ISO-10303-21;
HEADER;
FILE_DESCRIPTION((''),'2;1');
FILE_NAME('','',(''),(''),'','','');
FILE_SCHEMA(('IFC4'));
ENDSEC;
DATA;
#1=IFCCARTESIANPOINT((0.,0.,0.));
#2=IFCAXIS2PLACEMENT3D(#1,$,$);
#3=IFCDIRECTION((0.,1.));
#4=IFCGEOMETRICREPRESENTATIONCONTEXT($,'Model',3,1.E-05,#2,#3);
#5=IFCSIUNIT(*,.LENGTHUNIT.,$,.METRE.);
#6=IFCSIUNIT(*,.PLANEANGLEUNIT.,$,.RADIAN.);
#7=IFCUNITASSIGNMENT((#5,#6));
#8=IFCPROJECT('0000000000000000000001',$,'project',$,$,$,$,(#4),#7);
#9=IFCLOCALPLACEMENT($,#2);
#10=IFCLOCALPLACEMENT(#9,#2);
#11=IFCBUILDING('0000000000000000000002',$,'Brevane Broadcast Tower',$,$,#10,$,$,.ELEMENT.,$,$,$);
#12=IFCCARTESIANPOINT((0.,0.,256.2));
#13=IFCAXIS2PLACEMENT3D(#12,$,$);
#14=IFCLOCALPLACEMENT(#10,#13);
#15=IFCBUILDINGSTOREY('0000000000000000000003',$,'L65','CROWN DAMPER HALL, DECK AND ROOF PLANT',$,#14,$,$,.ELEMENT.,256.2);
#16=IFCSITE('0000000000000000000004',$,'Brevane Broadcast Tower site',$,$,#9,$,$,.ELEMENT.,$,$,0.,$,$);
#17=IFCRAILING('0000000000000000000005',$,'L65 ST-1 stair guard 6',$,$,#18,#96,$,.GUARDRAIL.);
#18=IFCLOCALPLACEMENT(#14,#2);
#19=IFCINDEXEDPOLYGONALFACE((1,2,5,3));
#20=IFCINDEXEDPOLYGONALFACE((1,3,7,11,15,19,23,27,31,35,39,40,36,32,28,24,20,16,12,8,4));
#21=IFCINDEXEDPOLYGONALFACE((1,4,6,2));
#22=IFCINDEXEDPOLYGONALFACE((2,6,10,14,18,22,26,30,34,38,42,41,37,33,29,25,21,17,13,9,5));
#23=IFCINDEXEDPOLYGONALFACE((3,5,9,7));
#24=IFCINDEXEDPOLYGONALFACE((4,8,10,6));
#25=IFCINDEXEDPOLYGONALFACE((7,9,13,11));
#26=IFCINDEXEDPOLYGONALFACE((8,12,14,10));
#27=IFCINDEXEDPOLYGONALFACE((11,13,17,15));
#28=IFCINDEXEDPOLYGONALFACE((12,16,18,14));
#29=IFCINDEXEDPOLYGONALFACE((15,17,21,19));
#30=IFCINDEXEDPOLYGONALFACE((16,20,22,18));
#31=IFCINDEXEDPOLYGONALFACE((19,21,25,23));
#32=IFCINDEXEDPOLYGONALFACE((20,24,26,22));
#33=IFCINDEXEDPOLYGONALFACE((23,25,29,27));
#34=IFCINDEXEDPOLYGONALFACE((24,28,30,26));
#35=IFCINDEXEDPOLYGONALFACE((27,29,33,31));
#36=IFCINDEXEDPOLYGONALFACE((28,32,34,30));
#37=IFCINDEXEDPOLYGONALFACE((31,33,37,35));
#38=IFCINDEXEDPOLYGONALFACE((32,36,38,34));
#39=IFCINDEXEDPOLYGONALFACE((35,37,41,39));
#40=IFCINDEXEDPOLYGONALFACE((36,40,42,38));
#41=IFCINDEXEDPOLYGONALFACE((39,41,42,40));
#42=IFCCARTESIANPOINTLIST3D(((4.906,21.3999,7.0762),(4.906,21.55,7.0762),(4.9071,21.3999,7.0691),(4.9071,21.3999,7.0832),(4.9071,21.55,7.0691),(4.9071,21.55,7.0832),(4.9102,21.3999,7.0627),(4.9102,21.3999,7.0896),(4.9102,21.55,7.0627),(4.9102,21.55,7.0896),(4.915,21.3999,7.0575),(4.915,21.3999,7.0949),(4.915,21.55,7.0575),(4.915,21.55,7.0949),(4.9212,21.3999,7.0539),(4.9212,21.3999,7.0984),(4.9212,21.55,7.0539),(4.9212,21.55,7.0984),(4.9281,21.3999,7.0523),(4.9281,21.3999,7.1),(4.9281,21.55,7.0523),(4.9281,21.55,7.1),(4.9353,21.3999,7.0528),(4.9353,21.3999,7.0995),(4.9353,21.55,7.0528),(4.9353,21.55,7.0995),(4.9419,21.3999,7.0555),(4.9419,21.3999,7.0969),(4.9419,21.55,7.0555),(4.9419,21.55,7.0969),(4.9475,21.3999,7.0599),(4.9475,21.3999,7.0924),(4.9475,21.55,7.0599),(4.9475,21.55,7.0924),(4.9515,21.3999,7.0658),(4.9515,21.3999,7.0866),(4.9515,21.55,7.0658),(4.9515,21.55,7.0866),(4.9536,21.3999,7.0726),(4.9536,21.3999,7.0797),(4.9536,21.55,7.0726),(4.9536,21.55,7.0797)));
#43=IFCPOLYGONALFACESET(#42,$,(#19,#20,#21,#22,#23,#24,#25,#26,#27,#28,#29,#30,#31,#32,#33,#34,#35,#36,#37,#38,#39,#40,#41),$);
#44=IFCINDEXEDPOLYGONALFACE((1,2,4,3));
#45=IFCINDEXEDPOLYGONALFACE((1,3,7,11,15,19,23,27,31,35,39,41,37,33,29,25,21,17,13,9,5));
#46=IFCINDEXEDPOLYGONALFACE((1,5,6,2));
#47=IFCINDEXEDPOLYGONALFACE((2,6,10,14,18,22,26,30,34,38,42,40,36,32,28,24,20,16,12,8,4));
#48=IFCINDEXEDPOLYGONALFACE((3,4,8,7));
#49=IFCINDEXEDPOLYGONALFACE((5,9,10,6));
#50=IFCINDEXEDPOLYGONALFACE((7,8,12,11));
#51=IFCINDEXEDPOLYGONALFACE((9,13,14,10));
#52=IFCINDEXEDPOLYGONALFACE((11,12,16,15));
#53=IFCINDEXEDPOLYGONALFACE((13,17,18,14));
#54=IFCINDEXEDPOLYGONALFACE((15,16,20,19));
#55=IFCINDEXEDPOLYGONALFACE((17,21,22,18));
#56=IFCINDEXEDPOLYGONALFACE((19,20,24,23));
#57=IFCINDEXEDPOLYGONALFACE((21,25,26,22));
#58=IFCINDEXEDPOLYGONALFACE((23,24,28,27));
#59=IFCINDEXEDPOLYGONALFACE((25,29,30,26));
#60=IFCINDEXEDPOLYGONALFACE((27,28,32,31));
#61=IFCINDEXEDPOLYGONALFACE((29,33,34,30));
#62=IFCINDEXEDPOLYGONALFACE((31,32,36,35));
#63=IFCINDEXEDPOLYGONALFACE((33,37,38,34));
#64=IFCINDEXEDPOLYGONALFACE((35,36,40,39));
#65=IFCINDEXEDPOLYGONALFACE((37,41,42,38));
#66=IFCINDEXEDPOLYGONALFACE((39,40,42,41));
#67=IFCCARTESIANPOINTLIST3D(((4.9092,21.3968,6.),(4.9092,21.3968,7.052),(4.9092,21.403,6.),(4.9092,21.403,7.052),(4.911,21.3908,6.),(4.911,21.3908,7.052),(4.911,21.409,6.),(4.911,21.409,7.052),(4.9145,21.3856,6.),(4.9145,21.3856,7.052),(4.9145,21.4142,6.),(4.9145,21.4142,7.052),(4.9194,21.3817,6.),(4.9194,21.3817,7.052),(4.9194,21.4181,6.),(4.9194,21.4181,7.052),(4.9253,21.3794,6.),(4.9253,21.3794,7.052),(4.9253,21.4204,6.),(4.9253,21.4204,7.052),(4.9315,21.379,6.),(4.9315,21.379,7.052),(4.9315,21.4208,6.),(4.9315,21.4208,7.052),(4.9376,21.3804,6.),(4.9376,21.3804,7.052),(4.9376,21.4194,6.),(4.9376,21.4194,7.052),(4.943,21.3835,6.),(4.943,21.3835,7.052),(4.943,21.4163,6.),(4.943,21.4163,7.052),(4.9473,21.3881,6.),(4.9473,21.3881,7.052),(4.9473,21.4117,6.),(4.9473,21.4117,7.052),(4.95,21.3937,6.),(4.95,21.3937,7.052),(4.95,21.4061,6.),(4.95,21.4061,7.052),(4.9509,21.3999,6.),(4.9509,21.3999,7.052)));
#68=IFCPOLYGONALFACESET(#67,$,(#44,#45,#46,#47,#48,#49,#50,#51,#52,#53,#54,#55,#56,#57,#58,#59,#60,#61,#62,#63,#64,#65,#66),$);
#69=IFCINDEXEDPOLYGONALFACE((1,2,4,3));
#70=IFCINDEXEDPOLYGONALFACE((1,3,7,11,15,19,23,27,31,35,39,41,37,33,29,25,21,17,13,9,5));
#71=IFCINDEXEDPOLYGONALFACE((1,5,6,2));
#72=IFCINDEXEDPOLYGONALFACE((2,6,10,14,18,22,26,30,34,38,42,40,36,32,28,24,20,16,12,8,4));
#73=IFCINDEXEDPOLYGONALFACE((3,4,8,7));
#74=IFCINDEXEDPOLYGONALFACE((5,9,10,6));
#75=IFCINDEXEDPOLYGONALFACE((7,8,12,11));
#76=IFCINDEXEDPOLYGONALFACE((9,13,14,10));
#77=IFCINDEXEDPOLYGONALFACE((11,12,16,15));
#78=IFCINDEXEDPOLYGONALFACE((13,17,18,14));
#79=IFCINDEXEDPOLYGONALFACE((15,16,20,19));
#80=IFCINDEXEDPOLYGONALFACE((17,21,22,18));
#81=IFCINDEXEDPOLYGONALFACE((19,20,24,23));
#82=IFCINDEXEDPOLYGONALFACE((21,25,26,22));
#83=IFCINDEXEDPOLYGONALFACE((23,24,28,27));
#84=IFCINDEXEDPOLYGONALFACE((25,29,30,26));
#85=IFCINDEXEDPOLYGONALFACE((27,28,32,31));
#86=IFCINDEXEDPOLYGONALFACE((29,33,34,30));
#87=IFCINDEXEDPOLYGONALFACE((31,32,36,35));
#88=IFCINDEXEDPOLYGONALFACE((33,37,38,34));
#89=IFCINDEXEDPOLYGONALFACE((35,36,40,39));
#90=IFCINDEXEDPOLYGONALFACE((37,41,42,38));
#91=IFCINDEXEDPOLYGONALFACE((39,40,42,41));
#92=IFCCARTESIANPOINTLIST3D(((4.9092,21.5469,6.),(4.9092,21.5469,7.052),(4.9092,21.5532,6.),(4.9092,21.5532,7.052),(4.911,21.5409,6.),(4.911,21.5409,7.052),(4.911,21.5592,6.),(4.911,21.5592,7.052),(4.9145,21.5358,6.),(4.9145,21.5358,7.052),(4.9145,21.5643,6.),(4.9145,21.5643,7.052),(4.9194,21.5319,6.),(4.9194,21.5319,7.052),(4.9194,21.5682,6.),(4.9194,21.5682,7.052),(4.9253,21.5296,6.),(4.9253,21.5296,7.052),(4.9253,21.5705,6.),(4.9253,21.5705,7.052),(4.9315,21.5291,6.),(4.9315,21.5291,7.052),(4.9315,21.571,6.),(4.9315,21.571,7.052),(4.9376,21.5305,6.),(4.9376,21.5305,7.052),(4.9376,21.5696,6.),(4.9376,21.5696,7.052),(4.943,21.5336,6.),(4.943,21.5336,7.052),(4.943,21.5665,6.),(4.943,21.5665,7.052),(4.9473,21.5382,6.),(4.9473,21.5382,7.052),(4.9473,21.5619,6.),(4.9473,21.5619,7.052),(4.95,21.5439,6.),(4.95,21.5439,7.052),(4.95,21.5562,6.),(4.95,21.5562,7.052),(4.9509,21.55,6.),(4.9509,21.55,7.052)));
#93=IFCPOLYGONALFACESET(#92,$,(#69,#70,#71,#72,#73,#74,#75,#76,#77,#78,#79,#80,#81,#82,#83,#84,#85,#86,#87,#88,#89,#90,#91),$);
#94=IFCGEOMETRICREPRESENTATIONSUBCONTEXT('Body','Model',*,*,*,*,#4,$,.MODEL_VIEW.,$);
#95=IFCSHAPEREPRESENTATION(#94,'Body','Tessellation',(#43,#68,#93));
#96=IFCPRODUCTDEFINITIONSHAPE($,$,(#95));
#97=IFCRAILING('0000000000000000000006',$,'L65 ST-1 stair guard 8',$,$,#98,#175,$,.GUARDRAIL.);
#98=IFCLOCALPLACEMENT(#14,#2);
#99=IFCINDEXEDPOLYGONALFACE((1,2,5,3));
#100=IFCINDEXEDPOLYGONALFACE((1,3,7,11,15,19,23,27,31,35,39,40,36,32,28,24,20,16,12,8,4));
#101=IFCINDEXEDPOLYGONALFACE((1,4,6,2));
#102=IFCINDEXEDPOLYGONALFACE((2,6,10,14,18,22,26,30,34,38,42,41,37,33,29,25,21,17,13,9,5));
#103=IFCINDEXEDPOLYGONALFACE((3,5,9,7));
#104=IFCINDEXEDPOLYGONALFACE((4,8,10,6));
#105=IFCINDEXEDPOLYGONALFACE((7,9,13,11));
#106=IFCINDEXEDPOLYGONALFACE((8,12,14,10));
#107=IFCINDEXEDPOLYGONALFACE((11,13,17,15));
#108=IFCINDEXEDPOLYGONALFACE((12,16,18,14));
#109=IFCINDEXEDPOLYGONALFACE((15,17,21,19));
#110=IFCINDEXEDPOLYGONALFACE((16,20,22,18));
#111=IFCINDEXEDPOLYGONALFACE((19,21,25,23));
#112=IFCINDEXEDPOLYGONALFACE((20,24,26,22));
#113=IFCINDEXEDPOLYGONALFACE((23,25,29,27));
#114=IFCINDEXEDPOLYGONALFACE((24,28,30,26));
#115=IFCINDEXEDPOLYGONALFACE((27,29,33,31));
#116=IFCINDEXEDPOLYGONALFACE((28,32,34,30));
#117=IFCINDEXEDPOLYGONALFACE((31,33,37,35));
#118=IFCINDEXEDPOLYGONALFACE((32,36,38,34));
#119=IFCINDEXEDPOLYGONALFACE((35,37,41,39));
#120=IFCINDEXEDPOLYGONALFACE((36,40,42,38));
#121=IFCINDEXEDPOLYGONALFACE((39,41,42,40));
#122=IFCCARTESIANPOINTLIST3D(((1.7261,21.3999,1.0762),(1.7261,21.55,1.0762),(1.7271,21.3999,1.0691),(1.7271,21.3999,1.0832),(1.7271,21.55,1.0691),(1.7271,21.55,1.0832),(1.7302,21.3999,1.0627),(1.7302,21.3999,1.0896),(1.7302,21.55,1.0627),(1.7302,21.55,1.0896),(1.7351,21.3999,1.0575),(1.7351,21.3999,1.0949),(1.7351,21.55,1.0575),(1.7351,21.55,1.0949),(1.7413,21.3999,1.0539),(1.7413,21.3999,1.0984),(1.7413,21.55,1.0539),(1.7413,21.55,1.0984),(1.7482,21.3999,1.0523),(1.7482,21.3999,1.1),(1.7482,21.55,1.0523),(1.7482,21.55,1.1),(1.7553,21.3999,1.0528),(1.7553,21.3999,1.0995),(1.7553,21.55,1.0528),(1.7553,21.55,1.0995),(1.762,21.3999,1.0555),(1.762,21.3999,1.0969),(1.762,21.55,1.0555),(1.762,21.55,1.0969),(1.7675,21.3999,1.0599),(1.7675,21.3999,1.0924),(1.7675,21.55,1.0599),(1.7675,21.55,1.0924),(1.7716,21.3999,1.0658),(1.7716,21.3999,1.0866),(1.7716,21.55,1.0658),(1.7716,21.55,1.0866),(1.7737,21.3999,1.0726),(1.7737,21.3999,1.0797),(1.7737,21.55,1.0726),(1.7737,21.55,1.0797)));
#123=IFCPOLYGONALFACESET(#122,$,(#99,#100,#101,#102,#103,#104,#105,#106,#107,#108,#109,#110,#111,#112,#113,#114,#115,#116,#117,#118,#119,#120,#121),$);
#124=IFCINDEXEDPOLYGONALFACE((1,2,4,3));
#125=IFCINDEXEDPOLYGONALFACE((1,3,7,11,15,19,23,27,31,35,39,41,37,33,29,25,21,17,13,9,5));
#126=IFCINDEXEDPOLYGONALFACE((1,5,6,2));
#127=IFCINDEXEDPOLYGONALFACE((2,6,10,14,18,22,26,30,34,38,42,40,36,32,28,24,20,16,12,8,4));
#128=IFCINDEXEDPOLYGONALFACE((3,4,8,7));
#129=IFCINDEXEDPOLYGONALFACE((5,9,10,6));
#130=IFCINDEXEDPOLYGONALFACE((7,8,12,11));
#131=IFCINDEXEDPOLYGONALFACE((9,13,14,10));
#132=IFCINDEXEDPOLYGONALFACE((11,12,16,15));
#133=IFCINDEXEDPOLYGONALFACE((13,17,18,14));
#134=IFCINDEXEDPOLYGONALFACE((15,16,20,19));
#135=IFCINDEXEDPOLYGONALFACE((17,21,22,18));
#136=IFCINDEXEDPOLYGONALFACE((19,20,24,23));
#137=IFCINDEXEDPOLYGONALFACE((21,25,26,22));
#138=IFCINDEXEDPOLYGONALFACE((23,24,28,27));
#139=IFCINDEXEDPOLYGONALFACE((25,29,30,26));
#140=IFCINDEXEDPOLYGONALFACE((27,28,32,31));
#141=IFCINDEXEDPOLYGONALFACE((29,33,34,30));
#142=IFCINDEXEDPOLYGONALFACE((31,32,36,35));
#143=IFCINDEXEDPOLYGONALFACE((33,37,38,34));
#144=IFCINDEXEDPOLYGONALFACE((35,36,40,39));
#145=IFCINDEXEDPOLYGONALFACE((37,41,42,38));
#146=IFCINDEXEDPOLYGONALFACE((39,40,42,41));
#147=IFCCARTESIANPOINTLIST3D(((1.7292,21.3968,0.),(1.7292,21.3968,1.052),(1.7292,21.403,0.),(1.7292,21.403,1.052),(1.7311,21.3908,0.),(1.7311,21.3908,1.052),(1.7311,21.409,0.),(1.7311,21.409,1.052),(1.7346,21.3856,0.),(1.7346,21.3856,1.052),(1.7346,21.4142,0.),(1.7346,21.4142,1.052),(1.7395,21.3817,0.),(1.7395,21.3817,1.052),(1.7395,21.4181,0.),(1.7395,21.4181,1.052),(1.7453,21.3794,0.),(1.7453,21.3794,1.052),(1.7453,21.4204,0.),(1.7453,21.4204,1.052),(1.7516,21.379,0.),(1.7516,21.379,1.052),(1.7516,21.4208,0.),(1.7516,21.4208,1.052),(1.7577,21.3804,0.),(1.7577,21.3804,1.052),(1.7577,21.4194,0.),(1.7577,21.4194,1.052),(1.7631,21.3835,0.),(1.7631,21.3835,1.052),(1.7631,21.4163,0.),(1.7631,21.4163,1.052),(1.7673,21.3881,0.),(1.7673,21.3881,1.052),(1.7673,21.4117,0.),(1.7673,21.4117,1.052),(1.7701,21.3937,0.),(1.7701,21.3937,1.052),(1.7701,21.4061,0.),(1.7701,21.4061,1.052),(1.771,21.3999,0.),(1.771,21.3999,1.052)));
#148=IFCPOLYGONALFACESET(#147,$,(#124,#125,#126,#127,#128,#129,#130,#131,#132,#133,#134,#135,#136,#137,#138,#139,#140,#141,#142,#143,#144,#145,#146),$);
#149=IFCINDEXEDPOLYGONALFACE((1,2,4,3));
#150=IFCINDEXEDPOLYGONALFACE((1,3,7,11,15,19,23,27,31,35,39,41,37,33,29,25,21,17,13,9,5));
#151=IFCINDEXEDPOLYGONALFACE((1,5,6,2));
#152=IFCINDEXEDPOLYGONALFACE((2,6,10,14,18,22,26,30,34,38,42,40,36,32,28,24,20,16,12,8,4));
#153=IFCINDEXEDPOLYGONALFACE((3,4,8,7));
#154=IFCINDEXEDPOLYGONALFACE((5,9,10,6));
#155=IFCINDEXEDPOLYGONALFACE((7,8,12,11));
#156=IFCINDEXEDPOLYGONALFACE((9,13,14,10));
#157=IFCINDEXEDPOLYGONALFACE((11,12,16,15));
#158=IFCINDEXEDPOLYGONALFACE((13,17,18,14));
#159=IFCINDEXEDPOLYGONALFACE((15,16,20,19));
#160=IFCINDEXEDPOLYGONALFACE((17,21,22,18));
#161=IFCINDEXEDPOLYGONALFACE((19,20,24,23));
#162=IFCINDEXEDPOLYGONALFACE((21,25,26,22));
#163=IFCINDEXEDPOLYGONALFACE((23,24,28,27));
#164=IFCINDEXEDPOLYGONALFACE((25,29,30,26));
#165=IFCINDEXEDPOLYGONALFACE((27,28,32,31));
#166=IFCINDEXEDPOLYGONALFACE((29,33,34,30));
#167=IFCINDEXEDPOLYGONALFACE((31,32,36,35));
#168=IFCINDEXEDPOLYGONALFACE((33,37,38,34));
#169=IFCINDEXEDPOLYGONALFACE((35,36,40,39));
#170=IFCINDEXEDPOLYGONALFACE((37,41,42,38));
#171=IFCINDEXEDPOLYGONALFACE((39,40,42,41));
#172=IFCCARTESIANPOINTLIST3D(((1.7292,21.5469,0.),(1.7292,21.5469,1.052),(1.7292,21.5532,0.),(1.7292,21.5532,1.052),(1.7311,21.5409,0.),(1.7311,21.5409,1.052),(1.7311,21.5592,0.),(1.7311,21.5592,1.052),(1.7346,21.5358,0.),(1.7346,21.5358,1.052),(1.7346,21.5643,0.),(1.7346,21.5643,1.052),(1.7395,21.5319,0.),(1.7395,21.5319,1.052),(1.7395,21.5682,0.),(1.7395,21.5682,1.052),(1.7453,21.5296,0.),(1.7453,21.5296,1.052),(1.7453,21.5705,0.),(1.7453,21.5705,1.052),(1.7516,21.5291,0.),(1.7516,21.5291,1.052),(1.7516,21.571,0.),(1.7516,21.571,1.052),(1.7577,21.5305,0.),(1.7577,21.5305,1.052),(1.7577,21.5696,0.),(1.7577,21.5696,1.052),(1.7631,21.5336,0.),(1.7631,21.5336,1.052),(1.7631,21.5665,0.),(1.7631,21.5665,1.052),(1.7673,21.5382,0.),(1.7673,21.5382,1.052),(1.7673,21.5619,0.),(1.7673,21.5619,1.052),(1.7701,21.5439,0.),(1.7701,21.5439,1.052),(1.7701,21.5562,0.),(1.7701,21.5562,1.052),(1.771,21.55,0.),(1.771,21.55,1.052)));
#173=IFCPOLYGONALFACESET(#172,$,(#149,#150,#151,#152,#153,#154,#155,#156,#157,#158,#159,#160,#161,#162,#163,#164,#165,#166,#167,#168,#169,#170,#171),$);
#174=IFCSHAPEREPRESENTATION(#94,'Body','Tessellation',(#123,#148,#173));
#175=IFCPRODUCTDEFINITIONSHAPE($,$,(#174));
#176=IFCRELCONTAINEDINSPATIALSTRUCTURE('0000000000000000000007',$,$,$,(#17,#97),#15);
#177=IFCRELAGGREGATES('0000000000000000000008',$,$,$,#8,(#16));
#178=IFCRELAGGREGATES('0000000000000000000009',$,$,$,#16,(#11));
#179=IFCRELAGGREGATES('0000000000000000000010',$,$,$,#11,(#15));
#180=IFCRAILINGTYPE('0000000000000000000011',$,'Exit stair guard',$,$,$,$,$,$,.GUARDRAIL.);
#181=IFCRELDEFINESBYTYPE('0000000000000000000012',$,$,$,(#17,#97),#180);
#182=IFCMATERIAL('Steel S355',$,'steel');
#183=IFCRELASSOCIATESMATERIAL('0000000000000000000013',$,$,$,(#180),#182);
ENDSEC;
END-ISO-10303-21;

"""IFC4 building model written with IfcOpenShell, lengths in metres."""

from ifc_helpers import new_model, si_unit, direction, frame, origin, origin_2d, place, context, subcontext, project, spatial, circle, extrude, material, type_object, element, save


model = new_model("IFC4")

# Units and contexts
model_context = context("Model", 3, precision=1e-05, world=origin(), true_north=direction((0.0, 1.0)))
body_context = subcontext(model_context, "Body", "Model", "MODEL_VIEW")
ifc_project = project(units=[si_unit("LENGTHUNIT", "METRE"), si_unit("PLANEANGLEUNIT", "RADIAN")], contexts=[model_context])

# Site, building, storey
site_placement = place(None, origin())
site = spatial("IfcSite", under=ifc_project, at=site_placement, Name="Brevane Broadcast Tower site", CompositionType="ELEMENT", RefElevation=0.0)
building_placement = place(site_placement, origin())
building = spatial("IfcBuilding", under=site, at=building_placement, Name="Brevane Broadcast Tower", CompositionType="ELEMENT")
storey_placement = place(building_placement, frame((0.0, 0.0, 256.2)))
storey = spatial("IfcBuildingStorey", under=building, at=storey_placement, Name="L65", Description="CROWN DAMPER HALL, DECK AND ROOF PLANT", CompositionType="ELEMENT", Elevation=256.2)

# Railings
ifc_material_1 = material(Name="Steel S355", Category="steel")
railing_type_1 = type_object("IfcRailingType", Name="Exit stair guard", PredefinedType="GUARDRAIL", material=ifc_material_1)
for number, where, name in (
    (1, (4.9299, 21.3999, 6.0), "L65 ST-1 stair guard 6"),
    (2, (1.75, 21.3999, 0.0), "L65 ST-1 stair guard 8"),
):
    element("IfcRailing", number, at=place(storey_placement, frame(where)), inside=storey, type_object=railing_type_1, Name=name, PredefinedType="GUARDRAIL", context=body_context, shape_type="SweptSolid", body=[
        extrude(circle(Radius=0.0239, at=origin_2d()), frame((0.0, 0.0, 1.0762), z_axis=(0.0, 1.0, 0.0), x_axis=(-1.0, 0.0, 0.0)), (0.0, 0.0, 1.0), 0.1501),
        extrude(circle(Radius=0.021, at=origin_2d()), origin(), (0.0, 0.0, 1.0), 1.052),
        extrude(circle(Radius=0.021, at=origin_2d()), frame((0.0, 0.1501, 0.0)), (0.0, 0.0, 1.0), 1.052),
    ])

save(model, "model.ifc")
